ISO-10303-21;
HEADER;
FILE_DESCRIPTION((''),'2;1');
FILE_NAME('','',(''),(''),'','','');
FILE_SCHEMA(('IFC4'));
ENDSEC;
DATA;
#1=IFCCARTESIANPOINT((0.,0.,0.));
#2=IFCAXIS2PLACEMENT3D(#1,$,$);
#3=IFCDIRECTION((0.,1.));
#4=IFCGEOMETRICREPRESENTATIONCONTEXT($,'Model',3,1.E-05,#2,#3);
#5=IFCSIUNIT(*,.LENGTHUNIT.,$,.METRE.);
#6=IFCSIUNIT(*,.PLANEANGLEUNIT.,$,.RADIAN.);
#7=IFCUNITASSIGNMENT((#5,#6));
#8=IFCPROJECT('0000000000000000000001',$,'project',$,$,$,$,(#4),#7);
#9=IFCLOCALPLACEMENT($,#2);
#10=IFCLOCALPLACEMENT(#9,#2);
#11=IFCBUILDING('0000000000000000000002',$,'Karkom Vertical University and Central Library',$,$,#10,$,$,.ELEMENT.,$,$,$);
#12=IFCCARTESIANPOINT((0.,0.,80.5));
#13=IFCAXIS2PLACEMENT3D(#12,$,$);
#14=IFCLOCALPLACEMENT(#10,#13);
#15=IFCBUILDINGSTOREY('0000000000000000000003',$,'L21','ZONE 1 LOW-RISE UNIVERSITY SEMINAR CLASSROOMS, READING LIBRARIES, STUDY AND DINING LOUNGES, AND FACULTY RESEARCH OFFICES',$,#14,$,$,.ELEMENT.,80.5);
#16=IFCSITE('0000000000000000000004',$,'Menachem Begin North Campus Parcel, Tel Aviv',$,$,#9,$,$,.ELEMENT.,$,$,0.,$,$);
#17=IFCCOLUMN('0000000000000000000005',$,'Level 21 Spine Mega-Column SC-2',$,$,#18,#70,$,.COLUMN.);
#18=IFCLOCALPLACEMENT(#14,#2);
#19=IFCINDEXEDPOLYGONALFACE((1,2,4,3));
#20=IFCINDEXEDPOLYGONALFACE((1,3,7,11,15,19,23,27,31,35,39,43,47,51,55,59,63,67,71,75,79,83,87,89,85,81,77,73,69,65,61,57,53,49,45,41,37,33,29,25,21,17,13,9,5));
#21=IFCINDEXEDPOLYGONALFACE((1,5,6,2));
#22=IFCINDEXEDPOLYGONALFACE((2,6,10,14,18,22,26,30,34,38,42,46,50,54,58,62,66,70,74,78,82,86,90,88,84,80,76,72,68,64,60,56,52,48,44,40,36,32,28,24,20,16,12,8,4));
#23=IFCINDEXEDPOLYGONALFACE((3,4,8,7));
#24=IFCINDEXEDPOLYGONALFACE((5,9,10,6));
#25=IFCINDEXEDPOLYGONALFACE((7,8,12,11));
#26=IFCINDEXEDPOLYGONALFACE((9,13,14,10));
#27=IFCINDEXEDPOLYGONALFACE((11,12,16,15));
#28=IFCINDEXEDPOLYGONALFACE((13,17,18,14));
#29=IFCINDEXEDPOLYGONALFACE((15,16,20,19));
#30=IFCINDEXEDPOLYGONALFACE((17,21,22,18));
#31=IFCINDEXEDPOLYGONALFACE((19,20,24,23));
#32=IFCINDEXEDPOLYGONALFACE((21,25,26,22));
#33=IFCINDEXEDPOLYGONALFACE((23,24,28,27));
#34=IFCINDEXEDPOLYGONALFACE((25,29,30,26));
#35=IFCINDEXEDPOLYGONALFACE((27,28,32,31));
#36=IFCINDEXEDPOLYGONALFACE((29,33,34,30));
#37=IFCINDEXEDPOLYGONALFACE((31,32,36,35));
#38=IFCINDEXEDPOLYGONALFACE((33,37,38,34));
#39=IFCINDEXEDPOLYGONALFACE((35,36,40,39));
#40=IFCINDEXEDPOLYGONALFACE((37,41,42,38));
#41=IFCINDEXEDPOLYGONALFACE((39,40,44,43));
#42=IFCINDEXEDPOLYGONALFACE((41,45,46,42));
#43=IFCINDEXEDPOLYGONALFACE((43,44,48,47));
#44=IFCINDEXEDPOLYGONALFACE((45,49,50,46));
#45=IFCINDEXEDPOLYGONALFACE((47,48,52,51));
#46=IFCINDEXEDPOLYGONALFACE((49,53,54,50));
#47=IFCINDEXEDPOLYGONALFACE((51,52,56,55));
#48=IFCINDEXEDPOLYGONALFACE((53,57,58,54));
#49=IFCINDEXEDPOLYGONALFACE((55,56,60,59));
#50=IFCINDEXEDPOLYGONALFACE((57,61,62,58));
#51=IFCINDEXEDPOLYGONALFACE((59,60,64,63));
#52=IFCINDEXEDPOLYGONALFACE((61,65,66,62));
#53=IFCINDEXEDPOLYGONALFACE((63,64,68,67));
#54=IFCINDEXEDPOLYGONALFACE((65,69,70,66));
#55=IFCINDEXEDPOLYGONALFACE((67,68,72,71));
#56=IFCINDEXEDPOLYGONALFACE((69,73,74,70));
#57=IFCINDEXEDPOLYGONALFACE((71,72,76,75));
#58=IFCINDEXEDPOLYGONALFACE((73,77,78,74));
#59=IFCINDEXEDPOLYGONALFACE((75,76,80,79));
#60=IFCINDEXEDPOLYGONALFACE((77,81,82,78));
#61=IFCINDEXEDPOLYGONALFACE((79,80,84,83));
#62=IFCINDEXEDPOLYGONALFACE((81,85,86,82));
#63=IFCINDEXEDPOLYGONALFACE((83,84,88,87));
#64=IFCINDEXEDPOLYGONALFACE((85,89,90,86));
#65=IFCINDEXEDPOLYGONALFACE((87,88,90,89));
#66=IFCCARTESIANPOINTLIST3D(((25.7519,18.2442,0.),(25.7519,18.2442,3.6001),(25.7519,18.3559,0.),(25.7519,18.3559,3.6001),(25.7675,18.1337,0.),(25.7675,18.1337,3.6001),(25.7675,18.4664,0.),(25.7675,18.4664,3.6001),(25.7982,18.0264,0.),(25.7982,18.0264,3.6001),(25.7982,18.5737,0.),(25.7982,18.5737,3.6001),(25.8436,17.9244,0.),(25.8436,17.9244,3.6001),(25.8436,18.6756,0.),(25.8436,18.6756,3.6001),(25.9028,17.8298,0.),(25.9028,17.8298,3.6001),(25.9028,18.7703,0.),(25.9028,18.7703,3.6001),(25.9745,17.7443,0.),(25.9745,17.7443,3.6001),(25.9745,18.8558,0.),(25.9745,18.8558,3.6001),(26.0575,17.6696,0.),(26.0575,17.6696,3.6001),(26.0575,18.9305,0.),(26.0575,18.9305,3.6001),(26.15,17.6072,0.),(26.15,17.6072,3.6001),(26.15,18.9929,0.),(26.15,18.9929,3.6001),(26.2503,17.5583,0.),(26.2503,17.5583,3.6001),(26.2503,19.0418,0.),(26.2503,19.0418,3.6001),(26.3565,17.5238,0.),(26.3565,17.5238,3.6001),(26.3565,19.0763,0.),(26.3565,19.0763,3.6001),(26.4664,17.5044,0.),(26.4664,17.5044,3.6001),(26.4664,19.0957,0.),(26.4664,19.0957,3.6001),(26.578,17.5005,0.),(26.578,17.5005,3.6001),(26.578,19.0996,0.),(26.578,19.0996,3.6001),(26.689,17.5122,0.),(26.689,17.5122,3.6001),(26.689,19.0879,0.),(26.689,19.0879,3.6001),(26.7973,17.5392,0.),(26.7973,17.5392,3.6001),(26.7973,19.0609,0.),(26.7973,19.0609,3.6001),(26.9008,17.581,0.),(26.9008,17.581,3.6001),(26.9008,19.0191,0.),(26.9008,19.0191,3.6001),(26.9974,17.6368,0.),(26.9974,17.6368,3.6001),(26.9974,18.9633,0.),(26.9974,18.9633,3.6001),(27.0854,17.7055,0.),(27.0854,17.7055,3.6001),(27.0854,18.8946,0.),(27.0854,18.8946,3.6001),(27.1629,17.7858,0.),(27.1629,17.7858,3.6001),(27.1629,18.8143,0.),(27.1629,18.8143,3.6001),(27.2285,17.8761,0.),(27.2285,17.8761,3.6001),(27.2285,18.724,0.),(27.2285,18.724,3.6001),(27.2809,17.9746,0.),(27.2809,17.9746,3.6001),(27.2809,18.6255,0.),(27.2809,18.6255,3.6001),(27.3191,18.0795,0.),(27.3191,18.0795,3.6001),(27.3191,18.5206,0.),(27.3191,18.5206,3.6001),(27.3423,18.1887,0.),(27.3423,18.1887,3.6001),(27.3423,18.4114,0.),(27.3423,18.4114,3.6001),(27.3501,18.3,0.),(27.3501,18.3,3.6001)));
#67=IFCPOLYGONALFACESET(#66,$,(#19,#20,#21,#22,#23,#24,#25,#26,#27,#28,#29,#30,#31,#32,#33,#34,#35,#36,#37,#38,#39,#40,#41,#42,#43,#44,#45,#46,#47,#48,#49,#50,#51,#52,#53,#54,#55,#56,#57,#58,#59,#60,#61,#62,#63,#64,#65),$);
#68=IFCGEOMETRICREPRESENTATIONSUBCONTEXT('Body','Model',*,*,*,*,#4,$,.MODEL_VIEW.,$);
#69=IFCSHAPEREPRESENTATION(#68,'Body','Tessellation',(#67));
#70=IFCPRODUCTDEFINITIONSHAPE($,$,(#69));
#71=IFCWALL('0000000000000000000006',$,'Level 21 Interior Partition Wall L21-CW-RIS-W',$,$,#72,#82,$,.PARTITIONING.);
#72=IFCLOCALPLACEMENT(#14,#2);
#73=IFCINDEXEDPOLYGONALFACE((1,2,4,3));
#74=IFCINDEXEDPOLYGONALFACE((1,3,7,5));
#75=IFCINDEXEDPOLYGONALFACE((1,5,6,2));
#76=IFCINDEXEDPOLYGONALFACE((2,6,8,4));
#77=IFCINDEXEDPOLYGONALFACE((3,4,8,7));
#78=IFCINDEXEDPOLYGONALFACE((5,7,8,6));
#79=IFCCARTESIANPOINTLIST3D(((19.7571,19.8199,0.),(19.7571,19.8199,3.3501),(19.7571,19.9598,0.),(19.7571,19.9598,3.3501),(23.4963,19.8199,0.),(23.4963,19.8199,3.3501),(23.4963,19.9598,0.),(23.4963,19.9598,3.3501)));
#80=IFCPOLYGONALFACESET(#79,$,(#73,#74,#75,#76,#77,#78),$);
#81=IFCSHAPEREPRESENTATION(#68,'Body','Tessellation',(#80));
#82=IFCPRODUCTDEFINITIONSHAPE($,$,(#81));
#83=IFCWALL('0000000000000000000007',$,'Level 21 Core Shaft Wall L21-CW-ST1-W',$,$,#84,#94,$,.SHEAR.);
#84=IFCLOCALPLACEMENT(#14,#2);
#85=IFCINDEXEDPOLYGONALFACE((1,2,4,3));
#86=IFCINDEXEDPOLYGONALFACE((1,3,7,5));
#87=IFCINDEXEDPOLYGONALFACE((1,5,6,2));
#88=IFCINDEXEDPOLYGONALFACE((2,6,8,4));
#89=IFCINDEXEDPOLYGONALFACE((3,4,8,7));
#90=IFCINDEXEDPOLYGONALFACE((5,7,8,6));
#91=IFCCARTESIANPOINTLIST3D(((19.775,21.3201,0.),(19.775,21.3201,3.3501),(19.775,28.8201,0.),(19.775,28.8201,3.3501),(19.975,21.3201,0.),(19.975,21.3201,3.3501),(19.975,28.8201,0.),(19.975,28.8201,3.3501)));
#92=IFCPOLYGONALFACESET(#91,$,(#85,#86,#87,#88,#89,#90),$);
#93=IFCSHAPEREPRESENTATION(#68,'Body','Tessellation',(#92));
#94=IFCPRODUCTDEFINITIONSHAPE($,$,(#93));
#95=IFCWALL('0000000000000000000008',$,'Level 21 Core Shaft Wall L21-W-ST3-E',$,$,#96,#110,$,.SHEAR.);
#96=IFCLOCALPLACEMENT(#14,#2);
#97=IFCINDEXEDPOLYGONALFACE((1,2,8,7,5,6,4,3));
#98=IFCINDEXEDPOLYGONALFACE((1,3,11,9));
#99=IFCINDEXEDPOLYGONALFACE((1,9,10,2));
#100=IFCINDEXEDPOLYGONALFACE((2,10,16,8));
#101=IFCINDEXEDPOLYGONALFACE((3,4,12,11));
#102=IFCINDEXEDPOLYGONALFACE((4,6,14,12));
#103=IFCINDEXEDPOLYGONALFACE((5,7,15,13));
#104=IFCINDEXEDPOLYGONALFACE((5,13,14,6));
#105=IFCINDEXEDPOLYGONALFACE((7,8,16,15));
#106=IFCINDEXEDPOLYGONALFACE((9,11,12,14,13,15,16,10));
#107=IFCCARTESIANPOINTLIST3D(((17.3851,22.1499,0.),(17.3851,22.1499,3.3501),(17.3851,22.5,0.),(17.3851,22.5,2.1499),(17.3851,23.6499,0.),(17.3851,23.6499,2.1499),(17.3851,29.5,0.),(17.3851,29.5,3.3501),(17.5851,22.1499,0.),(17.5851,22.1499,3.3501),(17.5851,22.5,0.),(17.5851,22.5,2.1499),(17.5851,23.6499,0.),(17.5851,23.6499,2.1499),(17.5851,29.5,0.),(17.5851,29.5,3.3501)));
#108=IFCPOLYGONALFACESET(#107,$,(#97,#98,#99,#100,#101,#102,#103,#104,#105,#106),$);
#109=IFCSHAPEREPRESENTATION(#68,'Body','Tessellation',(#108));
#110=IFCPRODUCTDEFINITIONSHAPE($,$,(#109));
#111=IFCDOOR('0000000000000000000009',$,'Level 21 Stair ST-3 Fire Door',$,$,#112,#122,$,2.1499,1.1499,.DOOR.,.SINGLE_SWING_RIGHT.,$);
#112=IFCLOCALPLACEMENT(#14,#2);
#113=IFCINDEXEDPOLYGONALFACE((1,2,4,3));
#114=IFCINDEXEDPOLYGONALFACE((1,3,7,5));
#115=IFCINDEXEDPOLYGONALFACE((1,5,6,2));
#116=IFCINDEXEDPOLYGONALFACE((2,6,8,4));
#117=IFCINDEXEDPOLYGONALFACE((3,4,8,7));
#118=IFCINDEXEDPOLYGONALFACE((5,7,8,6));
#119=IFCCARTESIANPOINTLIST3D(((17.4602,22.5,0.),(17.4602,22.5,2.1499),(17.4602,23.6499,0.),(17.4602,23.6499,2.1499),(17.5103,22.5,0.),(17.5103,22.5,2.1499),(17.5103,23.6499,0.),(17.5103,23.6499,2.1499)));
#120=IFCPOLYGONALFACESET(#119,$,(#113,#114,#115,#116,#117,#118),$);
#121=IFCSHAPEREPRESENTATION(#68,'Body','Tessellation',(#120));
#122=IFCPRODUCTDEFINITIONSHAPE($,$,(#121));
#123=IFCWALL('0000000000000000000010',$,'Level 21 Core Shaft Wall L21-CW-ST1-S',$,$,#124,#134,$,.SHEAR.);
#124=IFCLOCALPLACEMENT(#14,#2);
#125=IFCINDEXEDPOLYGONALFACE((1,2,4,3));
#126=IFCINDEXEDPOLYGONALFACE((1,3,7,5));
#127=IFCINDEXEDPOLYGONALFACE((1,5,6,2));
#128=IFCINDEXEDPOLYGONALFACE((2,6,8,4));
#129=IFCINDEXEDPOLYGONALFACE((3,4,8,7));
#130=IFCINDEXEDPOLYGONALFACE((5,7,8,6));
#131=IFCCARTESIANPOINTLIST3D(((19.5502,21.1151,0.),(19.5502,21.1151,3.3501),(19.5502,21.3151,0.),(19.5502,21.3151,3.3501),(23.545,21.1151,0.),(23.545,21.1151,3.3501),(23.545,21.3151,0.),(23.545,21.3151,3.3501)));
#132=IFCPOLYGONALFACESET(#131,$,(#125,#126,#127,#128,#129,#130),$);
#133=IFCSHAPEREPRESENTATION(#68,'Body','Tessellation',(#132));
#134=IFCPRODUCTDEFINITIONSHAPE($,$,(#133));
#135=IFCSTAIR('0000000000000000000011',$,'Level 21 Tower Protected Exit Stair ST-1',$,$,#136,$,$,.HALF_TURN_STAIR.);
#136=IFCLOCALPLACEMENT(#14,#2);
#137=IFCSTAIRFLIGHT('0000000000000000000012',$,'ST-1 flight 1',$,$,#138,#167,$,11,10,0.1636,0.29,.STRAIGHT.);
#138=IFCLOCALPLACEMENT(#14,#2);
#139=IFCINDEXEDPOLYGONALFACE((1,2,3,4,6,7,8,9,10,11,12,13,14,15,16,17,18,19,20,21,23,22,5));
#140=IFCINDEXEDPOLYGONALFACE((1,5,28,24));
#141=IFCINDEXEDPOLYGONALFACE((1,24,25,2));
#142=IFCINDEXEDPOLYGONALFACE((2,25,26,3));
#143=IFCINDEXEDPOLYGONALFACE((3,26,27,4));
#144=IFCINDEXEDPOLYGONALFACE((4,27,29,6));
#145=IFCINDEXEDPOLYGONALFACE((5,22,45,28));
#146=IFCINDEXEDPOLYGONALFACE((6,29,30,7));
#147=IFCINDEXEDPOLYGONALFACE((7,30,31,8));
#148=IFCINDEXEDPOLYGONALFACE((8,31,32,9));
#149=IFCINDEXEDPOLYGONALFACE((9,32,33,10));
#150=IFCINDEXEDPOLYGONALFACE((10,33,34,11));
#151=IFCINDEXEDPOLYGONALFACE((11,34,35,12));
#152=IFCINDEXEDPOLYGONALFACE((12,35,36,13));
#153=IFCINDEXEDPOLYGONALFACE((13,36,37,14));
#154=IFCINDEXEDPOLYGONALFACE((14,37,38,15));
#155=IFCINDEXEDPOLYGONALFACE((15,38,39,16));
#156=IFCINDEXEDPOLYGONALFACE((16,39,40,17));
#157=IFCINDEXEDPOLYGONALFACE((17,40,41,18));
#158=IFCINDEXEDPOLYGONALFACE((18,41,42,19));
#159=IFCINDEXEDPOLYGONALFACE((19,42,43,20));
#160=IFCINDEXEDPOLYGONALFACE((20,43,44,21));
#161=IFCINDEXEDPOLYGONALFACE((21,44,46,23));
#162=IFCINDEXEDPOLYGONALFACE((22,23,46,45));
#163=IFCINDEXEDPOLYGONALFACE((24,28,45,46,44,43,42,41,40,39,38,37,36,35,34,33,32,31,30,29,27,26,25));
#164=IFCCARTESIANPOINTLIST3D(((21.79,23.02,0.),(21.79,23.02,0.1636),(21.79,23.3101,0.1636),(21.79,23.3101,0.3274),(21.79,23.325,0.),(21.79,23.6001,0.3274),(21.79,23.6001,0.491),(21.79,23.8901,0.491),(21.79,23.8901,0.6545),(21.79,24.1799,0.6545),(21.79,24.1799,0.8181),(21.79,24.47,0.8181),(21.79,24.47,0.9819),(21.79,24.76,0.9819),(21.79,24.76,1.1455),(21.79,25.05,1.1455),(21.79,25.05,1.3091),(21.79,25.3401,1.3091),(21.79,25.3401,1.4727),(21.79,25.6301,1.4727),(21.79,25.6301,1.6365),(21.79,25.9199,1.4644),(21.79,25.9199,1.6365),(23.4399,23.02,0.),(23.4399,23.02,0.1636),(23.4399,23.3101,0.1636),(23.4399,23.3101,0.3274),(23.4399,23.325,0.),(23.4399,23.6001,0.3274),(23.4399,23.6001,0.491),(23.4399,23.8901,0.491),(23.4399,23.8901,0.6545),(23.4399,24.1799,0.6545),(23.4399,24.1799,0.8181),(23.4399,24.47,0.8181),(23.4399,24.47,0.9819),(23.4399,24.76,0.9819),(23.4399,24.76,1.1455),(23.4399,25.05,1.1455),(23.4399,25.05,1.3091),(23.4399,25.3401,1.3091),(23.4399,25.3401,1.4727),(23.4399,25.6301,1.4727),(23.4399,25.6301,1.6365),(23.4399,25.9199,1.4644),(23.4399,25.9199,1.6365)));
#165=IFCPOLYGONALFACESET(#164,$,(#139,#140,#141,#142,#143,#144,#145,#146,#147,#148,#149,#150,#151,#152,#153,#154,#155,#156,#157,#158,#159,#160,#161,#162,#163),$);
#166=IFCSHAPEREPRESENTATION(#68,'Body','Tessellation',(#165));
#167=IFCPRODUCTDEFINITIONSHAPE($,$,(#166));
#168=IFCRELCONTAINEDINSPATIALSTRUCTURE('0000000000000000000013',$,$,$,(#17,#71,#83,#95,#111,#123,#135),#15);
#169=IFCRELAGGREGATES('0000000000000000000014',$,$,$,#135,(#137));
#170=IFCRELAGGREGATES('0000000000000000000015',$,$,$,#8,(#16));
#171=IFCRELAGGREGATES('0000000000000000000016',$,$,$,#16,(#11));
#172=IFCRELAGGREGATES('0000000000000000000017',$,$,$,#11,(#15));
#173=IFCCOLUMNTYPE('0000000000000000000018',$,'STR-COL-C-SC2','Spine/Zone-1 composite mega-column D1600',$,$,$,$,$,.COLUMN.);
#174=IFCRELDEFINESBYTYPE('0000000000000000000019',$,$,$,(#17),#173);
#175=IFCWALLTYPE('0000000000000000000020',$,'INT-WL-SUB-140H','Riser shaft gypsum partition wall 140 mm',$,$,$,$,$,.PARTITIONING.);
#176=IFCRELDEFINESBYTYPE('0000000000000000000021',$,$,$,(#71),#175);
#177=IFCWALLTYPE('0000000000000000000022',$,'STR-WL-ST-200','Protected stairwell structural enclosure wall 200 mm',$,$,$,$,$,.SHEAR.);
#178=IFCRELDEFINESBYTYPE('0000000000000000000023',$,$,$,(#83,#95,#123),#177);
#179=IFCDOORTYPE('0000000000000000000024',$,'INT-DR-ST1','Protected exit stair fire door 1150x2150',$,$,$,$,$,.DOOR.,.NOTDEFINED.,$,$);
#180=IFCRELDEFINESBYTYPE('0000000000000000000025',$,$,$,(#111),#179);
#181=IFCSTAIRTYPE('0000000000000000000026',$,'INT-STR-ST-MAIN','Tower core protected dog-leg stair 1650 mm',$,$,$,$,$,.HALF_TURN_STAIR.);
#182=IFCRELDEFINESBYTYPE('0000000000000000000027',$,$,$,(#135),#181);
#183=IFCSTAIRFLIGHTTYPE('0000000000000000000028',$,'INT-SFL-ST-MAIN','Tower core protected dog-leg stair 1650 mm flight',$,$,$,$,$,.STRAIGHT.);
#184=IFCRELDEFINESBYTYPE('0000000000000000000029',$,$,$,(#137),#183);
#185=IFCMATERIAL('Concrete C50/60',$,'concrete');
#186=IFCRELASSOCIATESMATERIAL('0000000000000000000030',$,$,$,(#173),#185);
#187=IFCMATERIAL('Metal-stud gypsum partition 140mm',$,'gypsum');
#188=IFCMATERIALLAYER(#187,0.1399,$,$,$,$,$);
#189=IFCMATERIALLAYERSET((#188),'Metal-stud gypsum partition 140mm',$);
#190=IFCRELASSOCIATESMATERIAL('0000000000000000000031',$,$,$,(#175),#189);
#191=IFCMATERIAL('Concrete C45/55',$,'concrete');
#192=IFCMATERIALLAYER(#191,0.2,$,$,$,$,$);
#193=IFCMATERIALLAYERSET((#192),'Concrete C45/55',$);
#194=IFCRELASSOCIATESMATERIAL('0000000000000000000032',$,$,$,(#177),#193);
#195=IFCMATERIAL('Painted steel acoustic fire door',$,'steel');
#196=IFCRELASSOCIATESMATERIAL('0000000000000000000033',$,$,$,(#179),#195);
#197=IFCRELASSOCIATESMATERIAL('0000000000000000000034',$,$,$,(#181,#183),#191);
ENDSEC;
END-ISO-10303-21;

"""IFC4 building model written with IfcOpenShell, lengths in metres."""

from ifc_helpers import new_model, si_unit, direction, frame, frame_2d, origin, origin_with_axes, origin_2d, place, context, subcontext, project, spatial, polyline, rectangle, circle, outline, extrude, source, transform, mapped, material, layer, layer_set, material_profile, profile_set, type_object, element, fill, aggregate, save


model = new_model("IFC4")

# Units and contexts
model_context = context("Model", 3, precision=1e-05, world=origin(), true_north=direction((0.0, 1.0)))
body_context = subcontext(model_context, "Body", "Model", "MODEL_VIEW")
ifc_project = project(units=[si_unit("LENGTHUNIT", "METRE"), si_unit("PLANEANGLEUNIT", "RADIAN")], contexts=[model_context])

# Site, building, storey
site_placement = place(None, origin())
site = spatial("IfcSite", under=ifc_project, at=site_placement, Name="Menachem Begin North Campus Parcel, Tel Aviv", CompositionType="ELEMENT", RefElevation=0.0)
building_placement = place(site_placement, origin())
building = spatial("IfcBuilding", under=site, at=building_placement, Name="Karkom Vertical University and Central Library", CompositionType="ELEMENT")
storey_placement = place(building_placement, frame((0.0, 0.0, 80.5)))
storey = spatial("IfcBuildingStorey", under=building, at=storey_placement, Name="L21", Description="ZONE 1 LOW-RISE UNIVERSITY SEMINAR CLASSROOMS, READING LIBRARIES, STUDY AND DINING LOUNGES, AND FACULTY RESEARCH OFFICES", CompositionType="ELEMENT", Elevation=80.5)

# Column
ifc_material_1 = material(Name="Concrete C50/60", Category="concrete")
ifc_material_profile = material_profile(ifc_material_1, circle(Radius=0.8, at=origin_2d()), Name="CFT-D1600")
ifc_profile_set = profile_set([ifc_material_profile], Name="Concrete C50/60")
column_type = type_object("IfcColumnType", Name="STR-COL-C-SC2", Description="Spine/Zone-1 composite mega-column D1600", PredefinedType="COLUMN", material=ifc_profile_set)
shared_shape_1 = source(origin_with_axes(), body_context, "Body", "SweptSolid", [
    extrude(circle(Radius=0.8, at=origin_2d()), origin(), (0.0, 0.0, 1.0), 3.6001),
])
column_placement = place(storey_placement, frame((26.55, 18.3, 0.0), z_axis=(0.0, 0.0, 1.0), x_axis=(1.0, 0.0, 0.0)))
element("IfcColumn", 1, at=column_placement, inside=storey, type_object=column_type, Name="Level 21 Spine Mega-Column SC-2", PredefinedType="COLUMN", context=body_context, shape_type="MappedRepresentation", body=[
    mapped(shared_shape_1, transform((0.0, 0.0, 0.0), scale=1.0)),
])

# Wall
ifc_material_2 = material(Name="Metal-stud gypsum partition 140mm", Category="gypsum")
ifc_layer_1 = layer(ifc_material_2, 0.1399)
ifc_layer_set_1 = layer_set([ifc_layer_1], Name="Metal-stud gypsum partition 140mm")
wall_type_1 = type_object("IfcWallType", Name="INT-WL-SUB-140H", Description="Riser shaft gypsum partition wall 140 mm", PredefinedType="PARTITIONING", material=ifc_layer_set_1)
wall_1_placement = place(storey_placement, frame((19.7571, 19.8899, 0.0), z_axis=(0.0, 0.0, 1.0), x_axis=(1.0, 0.0, 0.0)))
element("IfcWall", 2, at=wall_1_placement, inside=storey, type_object=wall_type_1, Name="Level 21 Interior Partition Wall L21-CW-RIS-W", PredefinedType="PARTITIONING", context=body_context, shape_type="SweptSolid", body=[
    extrude(rectangle(XDim=3.7393, YDim=0.1399, at=frame_2d((1.8696, 0.0))), origin(), (0.0, 0.0, 1.0), 3.3501),
])

# Shared definitions
ifc_material_3 = material(Name="Concrete C45/55", Category="concrete")
ifc_layer_2 = layer(ifc_material_3, 0.2)
ifc_layer_set_2 = layer_set([ifc_layer_2], Name="Concrete C45/55")
wall_type_2 = type_object("IfcWallType", Name="STR-WL-ST-200", Description="Protected stairwell structural enclosure wall 200 mm", PredefinedType="SHEAR", material=ifc_layer_set_2)
ifc_material_4 = material(Name="Painted steel acoustic fire door", Category="steel")
door_type_1 = type_object("IfcDoorType", Name="INT-DR-ST1", Description="Protected exit stair fire door 1150x2150", OperationType="NOTDEFINED", PredefinedType="DOOR", material=ifc_material_4)
shared_shape_2 = source(origin_with_axes(), body_context, "Body", "SweptSolid", [
    extrude(rectangle(XDim=1.1499, YDim=2.1499, at=frame_2d((0.575, 1.075))), frame((0.0, 0.0249, 0.0), z_axis=(0.0, -1.0, 0.0), x_axis=(1.0, 0.0, 0.0)), (0.0, 0.0, 1.0), 0.05),
])

# Wall
wall_2_placement = place(storey_placement, frame((19.875, 21.3201, 0.0), z_axis=(0.0, 0.0, 1.0), x_axis=(0.0, 1.0, 0.0)))
element("IfcWall", 3, at=wall_2_placement, inside=storey, type_object=wall_type_2, Name="Level 21 Core Shaft Wall L21-CW-ST1-W", PredefinedType="SHEAR", context=body_context, shape_type="SweptSolid", body=[
    extrude(rectangle(XDim=7.5, YDim=0.2, at=frame_2d((3.75, 0.0))), origin(), (0.0, 0.0, 1.0), 3.3501),
])

# Wall, opening, door
wall_3_placement = place(storey_placement, frame((17.4851, 22.1499, 0.0), z_axis=(0.0, 0.0, 1.0), x_axis=(0.0, 1.0, 0.0)))
wall_3 = element("IfcWall", 4, at=wall_3_placement, inside=storey, type_object=wall_type_2, Name="Level 21 Core Shaft Wall L21-W-ST3-E", PredefinedType="SHEAR", context=body_context, shape_type="SweptSolid", body=[
    extrude(rectangle(XDim=7.3501, YDim=0.2, at=frame_2d((3.675, 0.0))), origin(), (0.0, 0.0, 1.0), 3.3501),
])
opening_1_placement = place(wall_3_placement, frame((0.3501, 0.0, 0.0)))
opening_1 = element("IfcOpeningElement", 5, at=opening_1_placement, cuts=wall_3, PredefinedType="OPENING", context=body_context, shape_type="SweptSolid", body=[
    extrude(rectangle(XDim=1.1499, YDim=2.1499, at=frame_2d((0.575, 1.075))), frame((0.0, 0.1099, 0.0), z_axis=(0.0, -1.0, 0.0), x_axis=(1.0, 0.0, 0.0)), (0.0, 0.0, 1.0), 0.22),
])
door_1_placement = place(opening_1_placement, origin())
door_1 = element("IfcDoor", 6, at=door_1_placement, inside=storey, type_object=door_type_1, Name="Level 21 Stair ST-3 Fire Door", OperationType="SINGLE_SWING_RIGHT", OverallHeight=2.1499, OverallWidth=1.1499, PredefinedType="DOOR", context=body_context, shape_type="MappedRepresentation", body=[
    mapped(shared_shape_2, transform((0.0, 0.0, 0.0), scale=1.0)),
])
fill(opening_1, door_1)

# Wall
wall_4_placement = place(storey_placement, frame((19.55, 21.2151, 0.0), z_axis=(0.0, 0.0, 1.0), x_axis=(1.0, 0.0, 0.0)))
element("IfcWall", 7, at=wall_4_placement, inside=storey, type_object=wall_type_2, Name="Level 21 Core Shaft Wall L21-CW-ST1-S", PredefinedType="SHEAR", context=body_context, shape_type="SweptSolid", body=[
    extrude(rectangle(XDim=3.9949, YDim=0.2, at=frame_2d((1.9976, 0.0))), origin(), (0.0, 0.0, 1.0), 3.3501),
])

# Stair, stair flight
stair_type = type_object("IfcStairType", Name="INT-STR-ST-MAIN", Description="Tower core protected dog-leg stair 1650 mm", PredefinedType="HALF_TURN_STAIR", material=ifc_material_3)
stair_placement = place(storey_placement, origin())
stair = element("IfcStair", 8, at=stair_placement, inside=storey, type_object=stair_type, Name="Level 21 Tower Protected Exit Stair ST-1", PredefinedType="HALF_TURN_STAIR")
stair_flight_type = type_object("IfcStairFlightType", Name="INT-SFL-ST-MAIN", Description="Tower core protected dog-leg stair 1650 mm flight", PredefinedType="STRAIGHT", material=ifc_material_3)
stair_flight_placement = place(storey_placement, frame((22.615, 23.02, 0.0), z_axis=(0.0, 0.0, 1.0), x_axis=(0.0, 1.0, 0.0)))
stair_flight = element("IfcStairFlight", 9, at=stair_flight_placement, type_object=stair_flight_type, Name="ST-1 flight 1", NumberOfRisers=11, NumberOfTreads=10, PredefinedType="STRAIGHT", RiserHeight=0.1636, TreadLength=0.29, context=body_context, shape_type="SweptSolid", body=[
    extrude(outline(polyline([(0.0, 0.0), (0.0, 0.1636), (0.29, 0.1636), (0.29, 0.3274), (0.5801, 0.3274), (0.5801, 0.491), (0.8701, 0.491), (0.8701, 0.6545), (1.1599, 0.6545), (1.1599, 0.8181), (1.45, 0.8181), (1.45, 0.9819), (1.74, 0.9819), (1.74, 1.1455), (2.03, 1.1455), (2.03, 1.3091), (2.3201, 1.3091), (2.3201, 1.4727), (2.6101, 1.4727), (2.6101, 1.6365), (2.8999, 1.6365), (2.8999, 1.8), (2.8999, 1.4644), (0.3049, 0.0), (0.0, 0.0)])), frame((0.0, 0.825, 0.0), z_axis=(0.0, -1.0, 0.0), x_axis=(1.0, 0.0, 0.0)), (0.0, 0.0, 1.0), 1.6499),
])
aggregate(stair, [stair_flight])

save(model, "model.ifc")
